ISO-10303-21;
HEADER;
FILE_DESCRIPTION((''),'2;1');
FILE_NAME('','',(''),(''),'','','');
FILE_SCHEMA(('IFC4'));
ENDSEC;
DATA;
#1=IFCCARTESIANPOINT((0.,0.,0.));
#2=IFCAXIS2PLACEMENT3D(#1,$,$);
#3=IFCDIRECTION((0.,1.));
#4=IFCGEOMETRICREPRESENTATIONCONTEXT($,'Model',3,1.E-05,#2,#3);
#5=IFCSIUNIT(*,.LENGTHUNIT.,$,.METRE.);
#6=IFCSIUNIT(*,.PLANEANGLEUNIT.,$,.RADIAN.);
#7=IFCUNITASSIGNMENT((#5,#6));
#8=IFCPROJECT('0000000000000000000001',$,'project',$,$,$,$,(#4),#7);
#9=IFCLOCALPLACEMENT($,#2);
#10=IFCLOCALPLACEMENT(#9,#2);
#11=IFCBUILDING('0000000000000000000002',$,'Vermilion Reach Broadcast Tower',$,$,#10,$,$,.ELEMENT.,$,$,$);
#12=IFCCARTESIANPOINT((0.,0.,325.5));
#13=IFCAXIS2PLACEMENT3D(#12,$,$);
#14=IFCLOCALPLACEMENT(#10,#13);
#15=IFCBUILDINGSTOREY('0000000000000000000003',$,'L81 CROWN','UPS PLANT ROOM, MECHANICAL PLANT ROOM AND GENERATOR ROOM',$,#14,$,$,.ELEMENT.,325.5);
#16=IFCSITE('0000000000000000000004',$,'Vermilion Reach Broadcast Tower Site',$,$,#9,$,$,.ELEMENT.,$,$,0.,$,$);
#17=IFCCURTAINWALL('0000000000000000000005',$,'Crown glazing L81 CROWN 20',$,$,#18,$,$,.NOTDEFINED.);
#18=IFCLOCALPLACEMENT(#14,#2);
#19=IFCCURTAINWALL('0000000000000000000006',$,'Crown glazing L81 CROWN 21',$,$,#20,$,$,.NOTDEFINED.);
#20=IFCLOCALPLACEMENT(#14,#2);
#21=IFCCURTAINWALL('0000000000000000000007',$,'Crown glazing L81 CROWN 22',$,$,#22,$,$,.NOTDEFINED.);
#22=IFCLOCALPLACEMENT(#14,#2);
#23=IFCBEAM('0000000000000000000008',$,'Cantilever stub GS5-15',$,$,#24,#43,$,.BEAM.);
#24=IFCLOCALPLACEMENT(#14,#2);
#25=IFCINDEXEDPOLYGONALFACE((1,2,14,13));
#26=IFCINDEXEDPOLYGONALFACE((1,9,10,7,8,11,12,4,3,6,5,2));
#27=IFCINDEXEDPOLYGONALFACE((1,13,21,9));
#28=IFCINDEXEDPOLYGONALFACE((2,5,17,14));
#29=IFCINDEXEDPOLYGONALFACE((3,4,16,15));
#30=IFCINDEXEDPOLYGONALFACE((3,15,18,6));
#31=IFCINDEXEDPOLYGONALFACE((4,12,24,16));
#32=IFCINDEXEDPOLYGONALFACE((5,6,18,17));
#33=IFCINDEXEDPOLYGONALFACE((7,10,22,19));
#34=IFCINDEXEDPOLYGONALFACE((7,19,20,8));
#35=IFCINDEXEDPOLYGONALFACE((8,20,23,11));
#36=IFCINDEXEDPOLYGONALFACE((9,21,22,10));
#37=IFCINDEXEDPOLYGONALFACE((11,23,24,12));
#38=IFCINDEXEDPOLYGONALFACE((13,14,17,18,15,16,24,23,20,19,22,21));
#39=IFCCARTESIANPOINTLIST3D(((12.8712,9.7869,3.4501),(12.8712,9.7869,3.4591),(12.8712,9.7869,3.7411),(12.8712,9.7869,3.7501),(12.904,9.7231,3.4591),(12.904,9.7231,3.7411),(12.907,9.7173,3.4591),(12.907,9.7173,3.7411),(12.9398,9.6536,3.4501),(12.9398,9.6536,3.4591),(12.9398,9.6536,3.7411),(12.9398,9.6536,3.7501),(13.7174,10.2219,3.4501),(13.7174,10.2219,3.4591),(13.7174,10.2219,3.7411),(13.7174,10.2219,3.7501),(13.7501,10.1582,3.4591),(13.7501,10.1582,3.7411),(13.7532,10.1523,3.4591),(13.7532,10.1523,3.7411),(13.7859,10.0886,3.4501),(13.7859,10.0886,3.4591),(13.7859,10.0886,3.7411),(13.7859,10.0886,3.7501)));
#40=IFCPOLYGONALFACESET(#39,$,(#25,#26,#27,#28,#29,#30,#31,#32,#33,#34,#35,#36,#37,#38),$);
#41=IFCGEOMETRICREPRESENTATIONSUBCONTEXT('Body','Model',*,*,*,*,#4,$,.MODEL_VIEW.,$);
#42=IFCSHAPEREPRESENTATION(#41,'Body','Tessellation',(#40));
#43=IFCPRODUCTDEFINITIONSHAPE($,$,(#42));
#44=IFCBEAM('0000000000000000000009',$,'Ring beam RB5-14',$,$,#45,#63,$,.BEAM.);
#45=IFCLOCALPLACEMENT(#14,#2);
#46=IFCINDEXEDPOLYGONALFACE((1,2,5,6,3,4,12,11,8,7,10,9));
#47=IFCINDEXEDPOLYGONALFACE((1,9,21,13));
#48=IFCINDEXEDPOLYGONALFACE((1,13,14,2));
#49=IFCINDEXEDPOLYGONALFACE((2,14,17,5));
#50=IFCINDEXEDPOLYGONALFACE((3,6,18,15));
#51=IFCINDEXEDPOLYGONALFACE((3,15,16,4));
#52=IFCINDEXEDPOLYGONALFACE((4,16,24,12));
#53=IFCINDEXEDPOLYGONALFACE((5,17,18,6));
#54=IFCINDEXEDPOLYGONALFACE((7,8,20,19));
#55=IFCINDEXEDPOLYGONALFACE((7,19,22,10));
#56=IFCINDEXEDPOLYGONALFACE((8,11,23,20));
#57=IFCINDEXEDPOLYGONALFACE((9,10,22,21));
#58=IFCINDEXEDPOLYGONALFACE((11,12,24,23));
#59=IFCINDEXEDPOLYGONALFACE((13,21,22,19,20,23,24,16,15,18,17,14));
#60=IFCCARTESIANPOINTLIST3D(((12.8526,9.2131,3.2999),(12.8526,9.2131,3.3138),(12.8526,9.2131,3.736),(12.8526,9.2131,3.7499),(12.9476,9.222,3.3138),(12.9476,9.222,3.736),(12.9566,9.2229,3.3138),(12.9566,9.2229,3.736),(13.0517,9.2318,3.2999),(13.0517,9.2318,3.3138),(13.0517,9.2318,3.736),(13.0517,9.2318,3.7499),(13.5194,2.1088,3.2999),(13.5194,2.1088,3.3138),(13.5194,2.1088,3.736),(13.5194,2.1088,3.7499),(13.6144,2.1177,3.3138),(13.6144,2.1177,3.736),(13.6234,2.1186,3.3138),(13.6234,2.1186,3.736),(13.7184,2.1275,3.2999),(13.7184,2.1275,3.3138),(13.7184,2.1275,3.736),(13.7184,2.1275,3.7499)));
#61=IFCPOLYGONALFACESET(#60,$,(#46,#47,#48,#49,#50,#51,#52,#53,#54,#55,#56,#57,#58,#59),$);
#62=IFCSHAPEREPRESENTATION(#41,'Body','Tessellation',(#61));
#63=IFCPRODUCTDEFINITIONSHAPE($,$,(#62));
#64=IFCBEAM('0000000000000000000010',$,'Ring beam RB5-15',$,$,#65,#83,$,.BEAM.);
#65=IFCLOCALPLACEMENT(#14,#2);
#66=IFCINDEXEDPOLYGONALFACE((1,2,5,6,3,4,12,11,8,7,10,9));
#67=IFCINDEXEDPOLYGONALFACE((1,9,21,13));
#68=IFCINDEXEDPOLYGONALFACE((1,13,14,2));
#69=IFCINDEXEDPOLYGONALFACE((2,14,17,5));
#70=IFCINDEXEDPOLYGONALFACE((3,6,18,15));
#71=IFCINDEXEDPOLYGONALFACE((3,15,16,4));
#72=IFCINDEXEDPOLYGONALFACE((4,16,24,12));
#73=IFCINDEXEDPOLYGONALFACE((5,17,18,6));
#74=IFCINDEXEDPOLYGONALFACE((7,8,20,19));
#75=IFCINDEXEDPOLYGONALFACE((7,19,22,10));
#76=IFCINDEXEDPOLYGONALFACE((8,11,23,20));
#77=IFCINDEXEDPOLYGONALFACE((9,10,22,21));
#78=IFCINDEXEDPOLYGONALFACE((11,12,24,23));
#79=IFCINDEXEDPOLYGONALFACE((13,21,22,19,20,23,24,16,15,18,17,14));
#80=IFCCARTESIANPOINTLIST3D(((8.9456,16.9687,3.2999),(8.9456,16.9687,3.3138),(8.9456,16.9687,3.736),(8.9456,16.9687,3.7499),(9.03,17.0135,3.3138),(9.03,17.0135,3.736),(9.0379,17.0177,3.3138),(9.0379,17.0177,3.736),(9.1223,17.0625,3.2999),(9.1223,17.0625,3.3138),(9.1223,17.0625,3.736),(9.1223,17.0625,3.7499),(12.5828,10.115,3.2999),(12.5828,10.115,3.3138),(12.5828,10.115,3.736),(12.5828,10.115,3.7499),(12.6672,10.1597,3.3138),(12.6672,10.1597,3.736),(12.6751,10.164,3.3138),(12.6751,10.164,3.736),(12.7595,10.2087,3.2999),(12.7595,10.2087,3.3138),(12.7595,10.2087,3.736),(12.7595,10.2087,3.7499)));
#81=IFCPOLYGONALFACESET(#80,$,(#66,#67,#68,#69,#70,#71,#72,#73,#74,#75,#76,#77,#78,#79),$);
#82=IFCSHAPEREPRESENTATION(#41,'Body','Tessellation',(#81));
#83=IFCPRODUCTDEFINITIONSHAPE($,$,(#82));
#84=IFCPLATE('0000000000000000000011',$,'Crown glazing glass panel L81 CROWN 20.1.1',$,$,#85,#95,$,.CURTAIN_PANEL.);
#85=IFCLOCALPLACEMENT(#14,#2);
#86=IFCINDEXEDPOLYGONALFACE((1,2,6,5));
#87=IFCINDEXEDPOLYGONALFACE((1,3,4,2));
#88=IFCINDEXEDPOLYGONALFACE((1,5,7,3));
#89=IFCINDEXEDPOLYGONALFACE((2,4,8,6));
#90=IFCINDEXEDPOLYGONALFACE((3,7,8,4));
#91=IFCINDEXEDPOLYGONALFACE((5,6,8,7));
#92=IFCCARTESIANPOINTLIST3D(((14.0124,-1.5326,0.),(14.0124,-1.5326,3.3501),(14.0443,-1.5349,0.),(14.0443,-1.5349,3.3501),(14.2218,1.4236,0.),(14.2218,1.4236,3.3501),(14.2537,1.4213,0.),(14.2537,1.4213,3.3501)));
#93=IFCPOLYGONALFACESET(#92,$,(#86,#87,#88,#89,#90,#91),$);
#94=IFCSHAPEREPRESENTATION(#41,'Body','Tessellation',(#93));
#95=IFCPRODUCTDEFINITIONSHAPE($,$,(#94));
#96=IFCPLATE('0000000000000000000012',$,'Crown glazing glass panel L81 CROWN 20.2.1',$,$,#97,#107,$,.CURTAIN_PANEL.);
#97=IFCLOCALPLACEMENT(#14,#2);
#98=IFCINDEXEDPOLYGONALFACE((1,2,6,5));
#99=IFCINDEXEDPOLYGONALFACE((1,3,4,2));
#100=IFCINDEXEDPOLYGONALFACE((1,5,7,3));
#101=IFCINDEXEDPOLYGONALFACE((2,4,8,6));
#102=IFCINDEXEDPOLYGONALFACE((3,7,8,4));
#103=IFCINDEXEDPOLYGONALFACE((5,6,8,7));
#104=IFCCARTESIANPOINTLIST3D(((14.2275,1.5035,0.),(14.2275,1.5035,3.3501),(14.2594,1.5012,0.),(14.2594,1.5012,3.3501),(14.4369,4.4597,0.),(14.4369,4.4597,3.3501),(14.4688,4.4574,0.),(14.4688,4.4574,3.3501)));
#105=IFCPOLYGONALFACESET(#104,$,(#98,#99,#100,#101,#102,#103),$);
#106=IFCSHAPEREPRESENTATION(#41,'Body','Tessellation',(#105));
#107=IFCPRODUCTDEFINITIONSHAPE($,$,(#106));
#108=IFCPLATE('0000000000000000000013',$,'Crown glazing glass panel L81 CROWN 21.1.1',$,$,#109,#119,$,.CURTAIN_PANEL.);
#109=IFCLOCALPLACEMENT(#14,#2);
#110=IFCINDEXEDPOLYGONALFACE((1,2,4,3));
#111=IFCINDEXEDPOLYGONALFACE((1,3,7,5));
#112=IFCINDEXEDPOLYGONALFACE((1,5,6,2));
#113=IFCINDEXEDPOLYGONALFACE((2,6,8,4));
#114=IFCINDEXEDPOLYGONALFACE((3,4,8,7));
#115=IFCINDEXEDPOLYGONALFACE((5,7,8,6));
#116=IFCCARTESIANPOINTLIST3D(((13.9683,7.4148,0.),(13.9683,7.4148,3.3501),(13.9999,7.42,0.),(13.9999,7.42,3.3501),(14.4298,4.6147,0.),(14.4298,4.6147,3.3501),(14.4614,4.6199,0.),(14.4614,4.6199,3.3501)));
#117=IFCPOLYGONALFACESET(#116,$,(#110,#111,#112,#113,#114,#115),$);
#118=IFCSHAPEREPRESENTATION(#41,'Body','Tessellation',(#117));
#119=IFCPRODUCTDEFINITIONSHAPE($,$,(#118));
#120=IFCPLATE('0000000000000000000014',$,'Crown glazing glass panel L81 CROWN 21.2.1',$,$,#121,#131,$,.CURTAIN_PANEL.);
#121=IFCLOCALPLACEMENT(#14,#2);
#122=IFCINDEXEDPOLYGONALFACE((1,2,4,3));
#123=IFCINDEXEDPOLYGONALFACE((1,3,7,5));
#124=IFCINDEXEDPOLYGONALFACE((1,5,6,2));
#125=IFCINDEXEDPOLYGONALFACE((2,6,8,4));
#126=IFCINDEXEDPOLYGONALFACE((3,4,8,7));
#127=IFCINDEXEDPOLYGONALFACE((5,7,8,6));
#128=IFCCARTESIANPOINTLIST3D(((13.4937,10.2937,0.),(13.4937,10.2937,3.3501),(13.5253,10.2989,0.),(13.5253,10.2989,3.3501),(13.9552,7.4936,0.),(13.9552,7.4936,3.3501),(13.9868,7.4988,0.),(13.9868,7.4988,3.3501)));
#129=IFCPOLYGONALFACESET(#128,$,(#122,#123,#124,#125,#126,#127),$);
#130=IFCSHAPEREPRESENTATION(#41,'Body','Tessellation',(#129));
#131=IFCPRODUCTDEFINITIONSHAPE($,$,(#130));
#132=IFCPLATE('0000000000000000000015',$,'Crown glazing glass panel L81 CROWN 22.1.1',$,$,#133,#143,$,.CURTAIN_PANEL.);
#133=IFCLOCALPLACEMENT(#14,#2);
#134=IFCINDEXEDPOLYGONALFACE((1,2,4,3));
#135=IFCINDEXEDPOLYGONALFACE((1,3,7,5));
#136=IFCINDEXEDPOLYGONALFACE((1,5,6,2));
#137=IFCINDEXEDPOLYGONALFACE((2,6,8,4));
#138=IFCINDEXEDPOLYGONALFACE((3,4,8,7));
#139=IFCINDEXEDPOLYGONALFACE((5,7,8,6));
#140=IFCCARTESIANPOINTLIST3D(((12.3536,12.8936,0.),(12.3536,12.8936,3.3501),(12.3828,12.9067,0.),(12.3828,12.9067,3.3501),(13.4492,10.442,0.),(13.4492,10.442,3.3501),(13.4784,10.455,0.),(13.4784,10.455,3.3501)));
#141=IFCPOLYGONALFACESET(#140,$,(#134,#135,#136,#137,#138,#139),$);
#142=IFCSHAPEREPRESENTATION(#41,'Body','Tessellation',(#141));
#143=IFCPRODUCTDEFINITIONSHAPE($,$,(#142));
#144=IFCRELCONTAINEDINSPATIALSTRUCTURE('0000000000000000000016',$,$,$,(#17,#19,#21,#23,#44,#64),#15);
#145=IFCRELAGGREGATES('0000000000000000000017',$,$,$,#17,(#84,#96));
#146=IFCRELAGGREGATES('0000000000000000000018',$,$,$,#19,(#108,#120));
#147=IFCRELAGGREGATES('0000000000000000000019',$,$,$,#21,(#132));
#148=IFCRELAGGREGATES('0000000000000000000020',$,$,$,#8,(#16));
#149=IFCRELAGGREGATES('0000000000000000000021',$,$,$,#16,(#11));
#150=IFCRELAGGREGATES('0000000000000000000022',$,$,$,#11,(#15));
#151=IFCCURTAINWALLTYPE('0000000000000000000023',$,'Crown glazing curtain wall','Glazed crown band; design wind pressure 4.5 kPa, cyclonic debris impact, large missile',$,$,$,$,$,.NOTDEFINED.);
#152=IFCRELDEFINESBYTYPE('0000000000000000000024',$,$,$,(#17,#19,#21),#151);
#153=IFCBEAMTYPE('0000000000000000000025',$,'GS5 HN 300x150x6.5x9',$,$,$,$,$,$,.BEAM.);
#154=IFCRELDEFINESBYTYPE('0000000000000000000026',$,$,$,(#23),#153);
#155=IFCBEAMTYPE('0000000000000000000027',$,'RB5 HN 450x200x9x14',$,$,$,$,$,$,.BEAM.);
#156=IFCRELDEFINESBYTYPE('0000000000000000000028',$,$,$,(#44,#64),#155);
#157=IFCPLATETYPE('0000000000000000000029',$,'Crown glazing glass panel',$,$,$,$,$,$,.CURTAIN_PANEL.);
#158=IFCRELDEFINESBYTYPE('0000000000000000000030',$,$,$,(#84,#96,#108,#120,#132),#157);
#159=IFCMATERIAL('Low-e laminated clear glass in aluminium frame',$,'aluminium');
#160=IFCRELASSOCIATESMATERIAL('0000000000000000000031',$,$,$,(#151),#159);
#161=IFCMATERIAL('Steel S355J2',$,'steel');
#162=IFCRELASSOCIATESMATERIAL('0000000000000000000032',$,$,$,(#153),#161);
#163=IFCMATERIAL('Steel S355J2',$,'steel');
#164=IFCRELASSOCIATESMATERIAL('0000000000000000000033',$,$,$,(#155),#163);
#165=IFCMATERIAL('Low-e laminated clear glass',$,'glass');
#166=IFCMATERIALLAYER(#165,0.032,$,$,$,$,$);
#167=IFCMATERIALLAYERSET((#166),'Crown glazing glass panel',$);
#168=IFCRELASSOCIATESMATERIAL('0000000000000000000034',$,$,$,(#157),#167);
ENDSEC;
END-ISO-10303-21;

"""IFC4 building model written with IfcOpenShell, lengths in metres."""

from ifc_helpers import new_model, si_unit, direction, frame, origin, origin_2d, place, context, subcontext, project, spatial, rectangle, i_section, extrude, material, layer, layer_set, material_profile, profile_set, type_object, element, aggregate, save


model = new_model("IFC4")

# Units and contexts
model_context = context("Model", 3, precision=1e-05, world=origin(), true_north=direction((0.0, 1.0)))
body_context = subcontext(model_context, "Body", "Model", "MODEL_VIEW")
ifc_project = project(units=[si_unit("LENGTHUNIT", "METRE"), si_unit("PLANEANGLEUNIT", "RADIAN")], contexts=[model_context])

# Site, building, storey
site_placement = place(None, origin())
site = spatial("IfcSite", under=ifc_project, at=site_placement, Name="Vermilion Reach Broadcast Tower Site", CompositionType="ELEMENT", RefElevation=0.0)
building_placement = place(site_placement, origin())
building = spatial("IfcBuilding", under=site, at=building_placement, Name="Vermilion Reach Broadcast Tower", CompositionType="ELEMENT")
storey_placement = place(building_placement, frame((0.0, 0.0, 325.5)))
storey = spatial("IfcBuildingStorey", under=building, at=storey_placement, Name="L81 CROWN", Description="UPS PLANT ROOM, MECHANICAL PLANT ROOM AND GENERATOR ROOM", CompositionType="ELEMENT", Elevation=325.5)

# Curtain walls
ifc_material_1 = material(Name="Low-e laminated clear glass in aluminium frame", Category="aluminium")
curtain_wall_type = type_object("IfcCurtainWallType", Name="Crown glazing curtain wall", Description="Glazed crown band; design wind pressure 4.5 kPa, cyclonic debris impact, large missile", PredefinedType="NOTDEFINED", material=ifc_material_1)
placement = place(storey_placement, origin())
curtain_wall_1 = element("IfcCurtainWall", 1, at=placement, inside=storey, type_object=curtain_wall_type, Name="Crown glazing L81 CROWN 20", PredefinedType="NOTDEFINED")
curtain_wall_2 = element("IfcCurtainWall", 2, at=placement, inside=storey, type_object=curtain_wall_type, Name="Crown glazing L81 CROWN 21", PredefinedType="NOTDEFINED")

# Curtain wall
curtain_wall_3 = element("IfcCurtainWall", 3, at=placement, inside=storey, type_object=curtain_wall_type, Name="Crown glazing L81 CROWN 22", PredefinedType="NOTDEFINED")

# Beams
ifc_material_2 = material(Name="Steel S355J2", Category="steel")
ifc_material_profile_1 = material_profile(ifc_material_2, i_section(OverallWidth=0.1499, OverallDepth=0.3, WebThickness=0.0066, FlangeThickness=0.009, at=origin_2d()), Name="S355J2 HN 300x150x6.5x9")
ifc_profile_set_1 = profile_set([ifc_material_profile_1], Name="Steel S355J2")
beam_type_1 = type_object("IfcBeamType", Name="GS5 HN 300x150x6.5x9", PredefinedType="BEAM", material=ifc_profile_set_1)
beam_1_placement = place(storey_placement, frame((12.9055, 9.7202, 3.6001), z_axis=(0.889341, 0.457244, 0.0), x_axis=(-0.457244, 0.889341, 0.0)))
element("IfcBeam", 4, at=beam_1_placement, inside=storey, type_object=beam_type_1, Name="Cantilever stub GS5-15", PredefinedType="BEAM", context=body_context, shape_type="SweptSolid", body=[
    extrude(i_section(OverallWidth=0.1499, OverallDepth=0.3, WebThickness=0.0066, FlangeThickness=0.009, at=origin_2d()), origin(), (0.0, 0.0, 1.0), 0.9514),
])
ifc_material_3 = material(Name="Steel S355J2", Category="steel")
ifc_material_profile_2 = material_profile(ifc_material_3, i_section(OverallWidth=0.2, OverallDepth=0.45, WebThickness=0.009, FlangeThickness=0.0139, at=origin_2d()), Name="S355J2 HN 450x200x9x14")
ifc_profile_set_2 = profile_set([ifc_material_profile_2], Name="Steel S355J2")
beam_type_2 = type_object("IfcBeamType", Name="RB5 HN 450x200x9x14", PredefinedType="BEAM", material=ifc_profile_set_2)
beam_2_placement = place(storey_placement, frame((13.6189, 2.1182, 3.5249), z_axis=(-0.093441, 0.995625, 0.0), x_axis=(-0.995625, -0.093441, 0.0)))
element("IfcBeam", 5, at=beam_2_placement, inside=storey, type_object=beam_type_2, Name="Ring beam RB5-14", PredefinedType="BEAM", context=body_context, shape_type="SweptSolid", body=[
    extrude(i_section(OverallWidth=0.2, OverallDepth=0.45, WebThickness=0.009, FlangeThickness=0.0139, at=origin_2d()), origin(), (0.0, 0.0, 1.0), 7.1355),
])
beam_3_placement = place(storey_placement, frame((12.6711, 10.1619, 3.5249), z_axis=(-0.468768, 0.883321, 0.0), x_axis=(-0.883321, -0.468768, 0.0)))
element("IfcBeam", 6, at=beam_3_placement, inside=storey, type_object=beam_type_2, Name="Ring beam RB5-15", PredefinedType="BEAM", context=body_context, shape_type="SweptSolid", body=[
    extrude(i_section(OverallWidth=0.2, OverallDepth=0.45, WebThickness=0.009, FlangeThickness=0.0139, at=origin_2d()), origin(), (0.0, 0.0, 1.0), 7.759),
])

# Plates
ifc_material_4 = material(Name="Low-e laminated clear glass", Category="glass")
ifc_layer = layer(ifc_material_4, 0.032)
ifc_layer_set = layer_set([ifc_layer], Name="Crown glazing glass panel")
plate_type = type_object("IfcPlateType", Name="Crown glazing glass panel", PredefinedType="CURTAIN_PANEL", material=ifc_layer_set)
plate_1_placement = place(storey_placement, frame((14.1331, -0.0557, 0.0), z_axis=(0.0, 0.0, 1.0), x_axis=(0.070673, 0.9975, 0.0)))
plate_1 = element("IfcPlate", 7, at=plate_1_placement, type_object=plate_type, Name="Crown glazing glass panel L81 CROWN 20.1.1", PredefinedType="CURTAIN_PANEL", context=body_context, shape_type="SweptSolid", body=[
    extrude(rectangle(XDim=2.9636, YDim=0.032, at=origin_2d()), origin(), (0.0, 0.0, 1.0), 3.3501),
])
plate_2_placement = place(storey_placement, frame((14.3481, 2.9805, 0.0), z_axis=(0.0, 0.0, 1.0), x_axis=(0.070673, 0.9975, 0.0)))
plate_2 = element("IfcPlate", 8, at=plate_2_placement, type_object=plate_type, Name="Crown glazing glass panel L81 CROWN 20.2.1", PredefinedType="CURTAIN_PANEL", context=body_context, shape_type="SweptSolid", body=[
    extrude(rectangle(XDim=2.9636, YDim=0.032, at=origin_2d()), origin(), (0.0, 0.0, 1.0), 3.3501),
])
aggregate(curtain_wall_1, [plate_1, plate_2])
plate_3_placement = place(storey_placement, frame((14.2148, 6.0173, 0.0), z_axis=(0.0, 0.0, 1.0), x_axis=(-0.162618, 0.986689, 0.0)))
plate_3 = element("IfcPlate", 9, at=plate_3_placement, type_object=plate_type, Name="Crown glazing glass panel L81 CROWN 21.1.1", PredefinedType="CURTAIN_PANEL", context=body_context, shape_type="SweptSolid", body=[
    extrude(rectangle(XDim=2.8379, YDim=0.032, at=origin_2d()), origin(), (0.0, 0.0, 1.0), 3.3501),
])
plate_4_placement = place(storey_placement, frame((13.7402, 8.8962, 0.0), z_axis=(0.0, 0.0, 1.0), x_axis=(-0.162618, 0.986689, 0.0)))
plate_4 = element("IfcPlate", 10, at=plate_4_placement, type_object=plate_type, Name="Crown glazing glass panel L81 CROWN 21.2.1", PredefinedType="CURTAIN_PANEL", context=body_context, shape_type="SweptSolid", body=[
    extrude(rectangle(XDim=2.8379, YDim=0.032, at=origin_2d()), origin(), (0.0, 0.0, 1.0), 3.3501),
])
aggregate(curtain_wall_2, [plate_3, plate_4])
plate_5_placement = place(storey_placement, frame((12.916, 11.6743, 0.0), z_axis=(0.0, 0.0, 1.0), x_axis=(-0.407985, 0.912989, 0.0)))
plate_5 = element("IfcPlate", 11, at=plate_5_placement, type_object=plate_type, Name="Crown glazing glass panel L81 CROWN 22.1.1", PredefinedType="CURTAIN_PANEL", context=body_context, shape_type="SweptSolid", body=[
    extrude(rectangle(XDim=2.6853, YDim=0.032, at=origin_2d()), origin(), (0.0, 0.0, 1.0), 3.3501),
])
aggregate(curtain_wall_3, [plate_5])

save(model, "model.ifc")
